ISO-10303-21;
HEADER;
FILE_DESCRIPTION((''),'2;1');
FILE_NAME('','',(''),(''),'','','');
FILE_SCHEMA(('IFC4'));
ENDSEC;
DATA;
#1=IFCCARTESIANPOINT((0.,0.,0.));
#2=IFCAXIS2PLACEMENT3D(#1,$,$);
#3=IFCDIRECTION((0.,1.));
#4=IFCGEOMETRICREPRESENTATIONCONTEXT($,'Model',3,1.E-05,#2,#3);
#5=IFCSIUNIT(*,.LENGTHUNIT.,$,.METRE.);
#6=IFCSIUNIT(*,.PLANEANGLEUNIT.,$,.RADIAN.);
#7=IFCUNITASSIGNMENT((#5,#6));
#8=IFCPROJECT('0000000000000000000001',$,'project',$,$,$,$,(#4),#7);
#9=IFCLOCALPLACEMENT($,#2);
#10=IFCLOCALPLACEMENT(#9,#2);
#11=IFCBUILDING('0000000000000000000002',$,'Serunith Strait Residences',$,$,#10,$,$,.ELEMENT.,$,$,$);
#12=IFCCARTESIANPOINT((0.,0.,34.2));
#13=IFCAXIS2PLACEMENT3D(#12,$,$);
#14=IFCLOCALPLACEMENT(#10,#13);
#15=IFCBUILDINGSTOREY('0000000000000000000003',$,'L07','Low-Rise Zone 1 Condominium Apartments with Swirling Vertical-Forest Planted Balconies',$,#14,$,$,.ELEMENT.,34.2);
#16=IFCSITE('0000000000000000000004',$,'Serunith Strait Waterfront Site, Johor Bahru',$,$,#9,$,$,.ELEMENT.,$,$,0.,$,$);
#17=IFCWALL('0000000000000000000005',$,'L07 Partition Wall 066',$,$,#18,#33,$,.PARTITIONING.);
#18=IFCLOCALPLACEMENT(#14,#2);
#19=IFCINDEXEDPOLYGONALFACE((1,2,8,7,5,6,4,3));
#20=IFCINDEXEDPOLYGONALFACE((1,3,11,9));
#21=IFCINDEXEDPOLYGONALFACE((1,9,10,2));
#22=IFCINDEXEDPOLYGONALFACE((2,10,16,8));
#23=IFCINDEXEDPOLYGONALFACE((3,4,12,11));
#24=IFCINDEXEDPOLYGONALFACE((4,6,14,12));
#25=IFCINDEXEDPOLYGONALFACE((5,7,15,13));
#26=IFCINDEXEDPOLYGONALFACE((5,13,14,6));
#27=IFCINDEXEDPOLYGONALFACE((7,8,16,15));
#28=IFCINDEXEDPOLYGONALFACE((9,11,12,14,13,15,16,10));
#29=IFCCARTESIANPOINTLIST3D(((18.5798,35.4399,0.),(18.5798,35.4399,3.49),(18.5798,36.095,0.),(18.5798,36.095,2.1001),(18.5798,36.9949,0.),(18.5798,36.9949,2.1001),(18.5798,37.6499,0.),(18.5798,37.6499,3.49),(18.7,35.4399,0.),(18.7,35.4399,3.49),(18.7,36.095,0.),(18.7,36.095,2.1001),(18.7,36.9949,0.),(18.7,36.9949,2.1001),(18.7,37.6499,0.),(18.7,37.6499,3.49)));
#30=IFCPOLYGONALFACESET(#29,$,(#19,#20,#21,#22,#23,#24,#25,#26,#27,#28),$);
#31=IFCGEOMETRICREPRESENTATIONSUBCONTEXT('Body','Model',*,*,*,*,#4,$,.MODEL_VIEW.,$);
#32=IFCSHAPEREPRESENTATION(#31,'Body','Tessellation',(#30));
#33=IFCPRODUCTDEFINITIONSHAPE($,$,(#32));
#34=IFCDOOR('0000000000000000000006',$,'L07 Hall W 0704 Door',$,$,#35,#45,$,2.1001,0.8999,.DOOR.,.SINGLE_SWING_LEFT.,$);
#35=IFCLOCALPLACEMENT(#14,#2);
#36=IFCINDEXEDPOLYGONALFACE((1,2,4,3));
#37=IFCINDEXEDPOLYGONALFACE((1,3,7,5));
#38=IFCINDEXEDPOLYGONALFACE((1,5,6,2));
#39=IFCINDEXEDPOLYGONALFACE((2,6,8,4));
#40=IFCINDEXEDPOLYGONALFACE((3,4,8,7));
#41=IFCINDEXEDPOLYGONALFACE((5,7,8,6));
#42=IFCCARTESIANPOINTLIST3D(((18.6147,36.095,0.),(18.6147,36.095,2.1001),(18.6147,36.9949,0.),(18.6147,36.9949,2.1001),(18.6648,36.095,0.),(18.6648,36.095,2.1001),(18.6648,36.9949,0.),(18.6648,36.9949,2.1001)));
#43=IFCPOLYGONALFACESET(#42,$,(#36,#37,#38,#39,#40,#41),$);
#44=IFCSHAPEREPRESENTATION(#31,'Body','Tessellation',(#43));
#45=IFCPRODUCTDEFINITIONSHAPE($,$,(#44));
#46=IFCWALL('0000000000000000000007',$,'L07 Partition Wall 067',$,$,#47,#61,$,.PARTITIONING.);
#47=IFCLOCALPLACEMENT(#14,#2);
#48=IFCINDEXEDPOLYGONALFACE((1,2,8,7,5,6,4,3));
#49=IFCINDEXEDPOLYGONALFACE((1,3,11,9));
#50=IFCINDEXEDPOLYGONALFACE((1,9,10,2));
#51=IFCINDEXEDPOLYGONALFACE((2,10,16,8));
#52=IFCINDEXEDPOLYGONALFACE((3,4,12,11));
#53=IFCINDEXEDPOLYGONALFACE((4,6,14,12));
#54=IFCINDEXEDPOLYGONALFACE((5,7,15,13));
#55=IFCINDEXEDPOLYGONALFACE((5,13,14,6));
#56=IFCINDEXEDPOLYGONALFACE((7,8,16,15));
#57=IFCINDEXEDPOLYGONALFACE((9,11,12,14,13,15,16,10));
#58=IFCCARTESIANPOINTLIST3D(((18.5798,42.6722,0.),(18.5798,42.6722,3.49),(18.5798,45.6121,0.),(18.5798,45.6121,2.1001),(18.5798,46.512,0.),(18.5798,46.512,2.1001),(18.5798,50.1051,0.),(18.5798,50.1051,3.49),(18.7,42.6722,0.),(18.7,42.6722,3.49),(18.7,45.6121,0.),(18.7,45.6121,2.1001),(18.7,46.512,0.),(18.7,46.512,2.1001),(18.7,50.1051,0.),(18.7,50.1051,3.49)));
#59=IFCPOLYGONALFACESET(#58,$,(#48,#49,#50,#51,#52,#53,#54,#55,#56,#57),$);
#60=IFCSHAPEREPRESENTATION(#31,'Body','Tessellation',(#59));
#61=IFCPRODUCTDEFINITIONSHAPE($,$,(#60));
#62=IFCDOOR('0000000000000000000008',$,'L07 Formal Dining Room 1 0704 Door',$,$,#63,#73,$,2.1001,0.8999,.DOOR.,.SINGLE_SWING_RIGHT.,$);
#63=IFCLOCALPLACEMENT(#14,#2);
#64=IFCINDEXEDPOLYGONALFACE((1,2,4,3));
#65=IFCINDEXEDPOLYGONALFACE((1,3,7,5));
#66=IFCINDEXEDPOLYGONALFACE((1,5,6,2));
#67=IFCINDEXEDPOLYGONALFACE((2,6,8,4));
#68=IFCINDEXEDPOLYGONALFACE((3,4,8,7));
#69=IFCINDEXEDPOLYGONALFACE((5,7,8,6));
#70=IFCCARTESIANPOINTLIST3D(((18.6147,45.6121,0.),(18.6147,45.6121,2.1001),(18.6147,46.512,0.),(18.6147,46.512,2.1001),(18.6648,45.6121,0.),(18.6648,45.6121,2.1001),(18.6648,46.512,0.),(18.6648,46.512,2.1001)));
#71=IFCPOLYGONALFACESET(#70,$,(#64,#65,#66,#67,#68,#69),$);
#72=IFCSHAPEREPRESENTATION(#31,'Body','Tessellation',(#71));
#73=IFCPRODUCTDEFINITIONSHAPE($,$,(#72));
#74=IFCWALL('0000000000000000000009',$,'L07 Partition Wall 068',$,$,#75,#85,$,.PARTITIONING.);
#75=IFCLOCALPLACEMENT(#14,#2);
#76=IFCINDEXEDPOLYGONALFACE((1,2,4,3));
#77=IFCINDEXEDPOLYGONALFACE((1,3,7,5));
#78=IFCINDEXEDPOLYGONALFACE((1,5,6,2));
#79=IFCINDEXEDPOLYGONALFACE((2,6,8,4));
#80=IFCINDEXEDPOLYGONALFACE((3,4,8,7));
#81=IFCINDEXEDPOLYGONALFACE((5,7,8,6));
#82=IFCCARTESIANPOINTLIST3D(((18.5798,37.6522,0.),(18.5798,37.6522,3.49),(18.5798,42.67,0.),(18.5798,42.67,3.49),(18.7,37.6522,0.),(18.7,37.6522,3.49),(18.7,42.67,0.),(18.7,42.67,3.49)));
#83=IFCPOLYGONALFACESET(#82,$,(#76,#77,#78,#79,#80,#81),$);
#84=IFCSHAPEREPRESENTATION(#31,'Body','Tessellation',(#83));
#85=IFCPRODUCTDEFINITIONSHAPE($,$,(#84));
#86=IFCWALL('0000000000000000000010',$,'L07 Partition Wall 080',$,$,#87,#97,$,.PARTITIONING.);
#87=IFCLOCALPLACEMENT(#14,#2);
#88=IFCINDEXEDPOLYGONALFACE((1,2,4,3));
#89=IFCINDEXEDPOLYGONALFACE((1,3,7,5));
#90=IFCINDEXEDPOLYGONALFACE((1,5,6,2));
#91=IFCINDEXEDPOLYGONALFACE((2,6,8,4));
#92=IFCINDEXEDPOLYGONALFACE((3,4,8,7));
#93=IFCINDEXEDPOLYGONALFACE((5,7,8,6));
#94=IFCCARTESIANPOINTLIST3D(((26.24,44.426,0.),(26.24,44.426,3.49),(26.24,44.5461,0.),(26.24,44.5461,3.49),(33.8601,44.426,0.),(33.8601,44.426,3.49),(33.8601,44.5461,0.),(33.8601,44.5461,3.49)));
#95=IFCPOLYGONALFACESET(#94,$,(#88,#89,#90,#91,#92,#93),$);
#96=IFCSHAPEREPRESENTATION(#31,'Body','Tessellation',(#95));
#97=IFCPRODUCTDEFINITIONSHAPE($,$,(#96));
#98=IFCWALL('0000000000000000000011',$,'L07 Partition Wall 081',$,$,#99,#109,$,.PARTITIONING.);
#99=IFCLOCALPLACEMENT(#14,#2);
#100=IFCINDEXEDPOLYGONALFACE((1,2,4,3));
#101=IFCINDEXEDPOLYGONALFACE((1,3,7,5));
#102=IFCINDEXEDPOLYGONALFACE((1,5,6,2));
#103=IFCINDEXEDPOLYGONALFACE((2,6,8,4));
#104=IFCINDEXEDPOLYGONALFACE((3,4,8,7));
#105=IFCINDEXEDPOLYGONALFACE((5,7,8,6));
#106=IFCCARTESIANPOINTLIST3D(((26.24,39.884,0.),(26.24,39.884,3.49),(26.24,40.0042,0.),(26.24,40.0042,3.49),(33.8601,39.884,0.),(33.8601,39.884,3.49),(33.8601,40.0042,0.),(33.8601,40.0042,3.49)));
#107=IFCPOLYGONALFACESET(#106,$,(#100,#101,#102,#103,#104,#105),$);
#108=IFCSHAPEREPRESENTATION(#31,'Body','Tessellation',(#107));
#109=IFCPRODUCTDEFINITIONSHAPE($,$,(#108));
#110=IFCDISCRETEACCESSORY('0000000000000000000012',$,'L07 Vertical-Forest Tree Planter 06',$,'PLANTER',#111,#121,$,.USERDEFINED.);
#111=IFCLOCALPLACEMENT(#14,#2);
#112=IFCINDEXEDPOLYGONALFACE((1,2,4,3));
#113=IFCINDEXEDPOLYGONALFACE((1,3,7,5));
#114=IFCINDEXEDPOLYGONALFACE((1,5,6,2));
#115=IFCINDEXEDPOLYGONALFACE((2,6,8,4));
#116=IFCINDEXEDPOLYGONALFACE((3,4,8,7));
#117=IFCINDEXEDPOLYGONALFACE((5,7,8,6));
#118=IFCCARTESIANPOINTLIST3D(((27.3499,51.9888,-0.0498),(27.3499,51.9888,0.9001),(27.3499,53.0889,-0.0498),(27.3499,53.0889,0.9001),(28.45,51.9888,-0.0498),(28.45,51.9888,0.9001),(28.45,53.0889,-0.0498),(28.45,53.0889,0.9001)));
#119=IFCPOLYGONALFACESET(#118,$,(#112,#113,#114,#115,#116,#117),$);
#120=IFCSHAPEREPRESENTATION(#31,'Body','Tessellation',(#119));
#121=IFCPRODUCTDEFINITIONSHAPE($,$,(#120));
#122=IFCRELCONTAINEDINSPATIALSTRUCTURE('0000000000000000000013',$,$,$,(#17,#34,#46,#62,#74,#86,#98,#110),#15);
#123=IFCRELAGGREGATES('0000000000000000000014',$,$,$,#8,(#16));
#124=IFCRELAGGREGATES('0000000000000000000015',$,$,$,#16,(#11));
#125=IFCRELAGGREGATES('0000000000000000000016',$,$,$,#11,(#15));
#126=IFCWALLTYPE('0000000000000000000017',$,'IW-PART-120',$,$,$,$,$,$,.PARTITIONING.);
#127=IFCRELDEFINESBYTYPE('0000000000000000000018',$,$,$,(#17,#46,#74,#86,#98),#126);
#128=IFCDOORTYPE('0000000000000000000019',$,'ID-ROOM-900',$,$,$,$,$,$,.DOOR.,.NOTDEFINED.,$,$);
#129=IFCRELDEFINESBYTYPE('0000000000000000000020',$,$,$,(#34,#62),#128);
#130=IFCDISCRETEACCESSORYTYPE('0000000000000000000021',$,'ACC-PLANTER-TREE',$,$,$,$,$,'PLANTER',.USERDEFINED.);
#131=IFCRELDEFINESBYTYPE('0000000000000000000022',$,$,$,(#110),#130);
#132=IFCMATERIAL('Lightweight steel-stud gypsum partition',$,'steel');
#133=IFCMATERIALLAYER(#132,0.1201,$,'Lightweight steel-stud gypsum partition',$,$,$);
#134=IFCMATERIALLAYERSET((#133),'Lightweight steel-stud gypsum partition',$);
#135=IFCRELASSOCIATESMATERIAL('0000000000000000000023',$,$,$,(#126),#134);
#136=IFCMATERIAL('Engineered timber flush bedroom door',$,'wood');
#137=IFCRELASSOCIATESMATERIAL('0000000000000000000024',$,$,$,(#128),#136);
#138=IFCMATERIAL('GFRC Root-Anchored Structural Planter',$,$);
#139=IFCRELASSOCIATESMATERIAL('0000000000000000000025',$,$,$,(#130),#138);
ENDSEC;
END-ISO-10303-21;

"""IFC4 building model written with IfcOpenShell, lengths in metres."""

from ifc_helpers import new_model, si_unit, direction, frame, frame_2d, origin, origin_2d, place, context, subcontext, project, spatial, rectangle, extrude, source, transform, mapped, material, layer, layer_set, type_object, element, fill, save


model = new_model("IFC4")

# Units and contexts
model_context = context("Model", 3, precision=1e-05, world=origin(), true_north=direction((0.0, 1.0)))
body_context = subcontext(model_context, "Body", "Model", "MODEL_VIEW")
ifc_project = project(units=[si_unit("LENGTHUNIT", "METRE"), si_unit("PLANEANGLEUNIT", "RADIAN")], contexts=[model_context])

# Site, building, storey
site_placement = place(None, origin())
site = spatial("IfcSite", under=ifc_project, at=site_placement, Name="Serunith Strait Waterfront Site, Johor Bahru", CompositionType="ELEMENT", RefElevation=0.0)
building_placement = place(site_placement, origin())
building = spatial("IfcBuilding", under=site, at=building_placement, Name="Serunith Strait Residences", CompositionType="ELEMENT")
storey_placement = place(building_placement, frame((0.0, 0.0, 34.2)))
storey = spatial("IfcBuildingStorey", under=building, at=storey_placement, Name="L07", Description="Low-Rise Zone 1 Condominium Apartments with Swirling Vertical-Forest Planted Balconies", CompositionType="ELEMENT", Elevation=34.2)

# Shared definitions
ifc_material_1 = material(Name="Lightweight steel-stud gypsum partition", Category="steel")
ifc_layer_1 = layer(ifc_material_1, 0.1201, Name="Lightweight steel-stud gypsum partition")
ifc_layer_set_1 = layer_set([ifc_layer_1], Name="Lightweight steel-stud gypsum partition")
wall_type = type_object("IfcWallType", Name="IW-PART-120", PredefinedType="PARTITIONING", material=ifc_layer_set_1)

# Walls, openings, doors
wall_1_placement = place(storey_placement, frame((18.6399, 37.6499, 0.0), z_axis=(0.0, 0.0, 1.0), x_axis=(0.0, -1.0, 0.0)))
wall_1 = element("IfcWall", 1, at=wall_1_placement, inside=storey, type_object=wall_type, Name="L07 Partition Wall 066", PredefinedType="PARTITIONING", context=body_context, shape_type="SweptSolid", body=[
    extrude(rectangle(XDim=2.21, YDim=0.1201, at=frame_2d((1.105, 0.0))), origin(), (0.0, 0.0, 1.0), 3.49),
])
opening_1_placement = place(wall_1_placement, frame((0.655, 0.0, 0.0)))
opening_1 = element("IfcOpeningElement", 2, at=opening_1_placement, cuts=wall_1, PredefinedType="OPENING", context=body_context, shape_type="SweptSolid", body=[
    extrude(rectangle(XDim=0.8999, YDim=2.1001, at=frame_2d((0.45, 1.05))), frame((0.0, 0.0701, 0.0), z_axis=(0.0, -1.0, 0.0), x_axis=(1.0, 0.0, 0.0)), (0.0, 0.0, 1.0), 0.1401),
])
ifc_material_2 = material(Name="Engineered timber flush bedroom door", Category="wood")
door_type_1 = type_object("IfcDoorType", Name="ID-ROOM-900", OperationType="NOTDEFINED", PredefinedType="DOOR", material=ifc_material_2)
shared_shape_1 = source(origin(), body_context, "Body", "SweptSolid", [
    extrude(rectangle(XDim=0.8999, YDim=2.1001, at=frame_2d((0.45, 1.05))), frame((0.0, 0.0249, 0.0), z_axis=(0.0, -1.0, 0.0), x_axis=(1.0, 0.0, 0.0)), (0.0, 0.0, 1.0), 0.05),
])
door_1_placement = place(opening_1_placement, origin())
door_1 = element("IfcDoor", 3, at=door_1_placement, inside=storey, type_object=door_type_1, Name="L07 Hall W 0704 Door", OperationType="SINGLE_SWING_LEFT", OverallHeight=2.1001, OverallWidth=0.8999, PredefinedType="DOOR", context=body_context, shape_type="MappedRepresentation", body=[
    mapped(shared_shape_1, transform((0.0, 0.0, 0.0), scale=1.0)),
])
fill(opening_1, door_1)
wall_2_placement = place(storey_placement, frame((18.6399, 50.105, 0.0), z_axis=(0.0, 0.0, 1.0), x_axis=(0.0, -1.0, 0.0)))
wall_2 = element("IfcWall", 4, at=wall_2_placement, inside=storey, type_object=wall_type, Name="L07 Partition Wall 067", PredefinedType="PARTITIONING", context=body_context, shape_type="SweptSolid", body=[
    extrude(rectangle(XDim=7.4329, YDim=0.1201, at=frame_2d((3.7163, 0.0))), origin(), (0.0, 0.0, 1.0), 3.49),
])
opening_2_placement = place(wall_2_placement, frame((3.593, 0.0, 0.0)))
opening_2 = element("IfcOpeningElement", 5, at=opening_2_placement, cuts=wall_2, PredefinedType="OPENING", context=body_context, shape_type="SweptSolid", body=[
    extrude(rectangle(XDim=0.8999, YDim=2.1001, at=frame_2d((0.45, 1.05))), frame((0.0, 0.0701, 0.0), z_axis=(0.0, -1.0, 0.0), x_axis=(1.0, 0.0, 0.0)), (0.0, 0.0, 1.0), 0.1401),
])
door_2_placement = place(opening_2_placement, origin())
door_2 = element("IfcDoor", 6, at=door_2_placement, inside=storey, type_object=door_type_1, Name="L07 Formal Dining Room 1 0704 Door", OperationType="SINGLE_SWING_RIGHT", OverallHeight=2.1001, OverallWidth=0.8999, PredefinedType="DOOR", context=body_context, shape_type="MappedRepresentation", body=[
    mapped(shared_shape_1, transform((0.0, 0.0, 0.0), scale=1.0)),
])
fill(opening_2, door_2)

# Walls
wall_3_placement = place(storey_placement, frame((18.6399, 42.6699, 0.0), z_axis=(0.0, 0.0, 1.0), x_axis=(0.0, -1.0, 0.0)))
element("IfcWall", 7, at=wall_3_placement, inside=storey, type_object=wall_type, Name="L07 Partition Wall 068", PredefinedType="PARTITIONING", context=body_context, shape_type="SweptSolid", body=[
    extrude(rectangle(XDim=5.0178, YDim=0.1201, at=frame_2d((2.5088, 0.0))), origin(), (0.0, 0.0, 1.0), 3.49),
])
for number, where, z_axis, x_axis, name in (
    (8, (26.24, 44.4861, 0.0), (0.0, 0.0, 1.0), (1.0, 0.0, 0.0), "L07 Partition Wall 080"),
    (9, (26.24, 39.9441, 0.0), (0.0, 0.0, 1.0), (1.0, 0.0, 0.0), "L07 Partition Wall 081"),
):
    element("IfcWall", number, at=place(storey_placement, frame(where, z_axis=z_axis, x_axis=x_axis)), inside=storey, type_object=wall_type, Name=name, PredefinedType="PARTITIONING", context=body_context, shape_type="SweptSolid", body=[
        extrude(rectangle(XDim=7.6201, YDim=0.1201, at=frame_2d((3.8101, 0.0))), origin(), (0.0, 0.0, 1.0), 3.49),
    ])

# Discrete accessory
ifc_material_3 = material(Name="GFRC Root-Anchored Structural Planter")
discrete_accessory_type = type_object("IfcDiscreteAccessoryType", Name="ACC-PLANTER-TREE", ElementType="PLANTER", PredefinedType="USERDEFINED", material=ifc_material_3)
shared_shape_2 = source(origin(), body_context, "Body", "SweptSolid", [
    extrude(rectangle(XDim=1.1001, YDim=1.1001, at=origin_2d()), origin(), (0.0, 0.0, 1.0), 0.95),
])
discrete_accessory_placement = place(storey_placement, frame((27.8999, 52.5388, -0.0498), z_axis=(0.0, 0.0, 1.0), x_axis=(-1.0, 0.0, 0.0)))
element("IfcDiscreteAccessory", 10, at=discrete_accessory_placement, inside=storey, type_object=discrete_accessory_type, Name="L07 Vertical-Forest Tree Planter 06", ObjectType="PLANTER", PredefinedType="USERDEFINED", context=body_context, shape_type="MappedRepresentation", body=[
    mapped(shared_shape_2, transform((0.0, 0.0, 0.0), scale=1.0)),
])

save(model, "model.ifc")
